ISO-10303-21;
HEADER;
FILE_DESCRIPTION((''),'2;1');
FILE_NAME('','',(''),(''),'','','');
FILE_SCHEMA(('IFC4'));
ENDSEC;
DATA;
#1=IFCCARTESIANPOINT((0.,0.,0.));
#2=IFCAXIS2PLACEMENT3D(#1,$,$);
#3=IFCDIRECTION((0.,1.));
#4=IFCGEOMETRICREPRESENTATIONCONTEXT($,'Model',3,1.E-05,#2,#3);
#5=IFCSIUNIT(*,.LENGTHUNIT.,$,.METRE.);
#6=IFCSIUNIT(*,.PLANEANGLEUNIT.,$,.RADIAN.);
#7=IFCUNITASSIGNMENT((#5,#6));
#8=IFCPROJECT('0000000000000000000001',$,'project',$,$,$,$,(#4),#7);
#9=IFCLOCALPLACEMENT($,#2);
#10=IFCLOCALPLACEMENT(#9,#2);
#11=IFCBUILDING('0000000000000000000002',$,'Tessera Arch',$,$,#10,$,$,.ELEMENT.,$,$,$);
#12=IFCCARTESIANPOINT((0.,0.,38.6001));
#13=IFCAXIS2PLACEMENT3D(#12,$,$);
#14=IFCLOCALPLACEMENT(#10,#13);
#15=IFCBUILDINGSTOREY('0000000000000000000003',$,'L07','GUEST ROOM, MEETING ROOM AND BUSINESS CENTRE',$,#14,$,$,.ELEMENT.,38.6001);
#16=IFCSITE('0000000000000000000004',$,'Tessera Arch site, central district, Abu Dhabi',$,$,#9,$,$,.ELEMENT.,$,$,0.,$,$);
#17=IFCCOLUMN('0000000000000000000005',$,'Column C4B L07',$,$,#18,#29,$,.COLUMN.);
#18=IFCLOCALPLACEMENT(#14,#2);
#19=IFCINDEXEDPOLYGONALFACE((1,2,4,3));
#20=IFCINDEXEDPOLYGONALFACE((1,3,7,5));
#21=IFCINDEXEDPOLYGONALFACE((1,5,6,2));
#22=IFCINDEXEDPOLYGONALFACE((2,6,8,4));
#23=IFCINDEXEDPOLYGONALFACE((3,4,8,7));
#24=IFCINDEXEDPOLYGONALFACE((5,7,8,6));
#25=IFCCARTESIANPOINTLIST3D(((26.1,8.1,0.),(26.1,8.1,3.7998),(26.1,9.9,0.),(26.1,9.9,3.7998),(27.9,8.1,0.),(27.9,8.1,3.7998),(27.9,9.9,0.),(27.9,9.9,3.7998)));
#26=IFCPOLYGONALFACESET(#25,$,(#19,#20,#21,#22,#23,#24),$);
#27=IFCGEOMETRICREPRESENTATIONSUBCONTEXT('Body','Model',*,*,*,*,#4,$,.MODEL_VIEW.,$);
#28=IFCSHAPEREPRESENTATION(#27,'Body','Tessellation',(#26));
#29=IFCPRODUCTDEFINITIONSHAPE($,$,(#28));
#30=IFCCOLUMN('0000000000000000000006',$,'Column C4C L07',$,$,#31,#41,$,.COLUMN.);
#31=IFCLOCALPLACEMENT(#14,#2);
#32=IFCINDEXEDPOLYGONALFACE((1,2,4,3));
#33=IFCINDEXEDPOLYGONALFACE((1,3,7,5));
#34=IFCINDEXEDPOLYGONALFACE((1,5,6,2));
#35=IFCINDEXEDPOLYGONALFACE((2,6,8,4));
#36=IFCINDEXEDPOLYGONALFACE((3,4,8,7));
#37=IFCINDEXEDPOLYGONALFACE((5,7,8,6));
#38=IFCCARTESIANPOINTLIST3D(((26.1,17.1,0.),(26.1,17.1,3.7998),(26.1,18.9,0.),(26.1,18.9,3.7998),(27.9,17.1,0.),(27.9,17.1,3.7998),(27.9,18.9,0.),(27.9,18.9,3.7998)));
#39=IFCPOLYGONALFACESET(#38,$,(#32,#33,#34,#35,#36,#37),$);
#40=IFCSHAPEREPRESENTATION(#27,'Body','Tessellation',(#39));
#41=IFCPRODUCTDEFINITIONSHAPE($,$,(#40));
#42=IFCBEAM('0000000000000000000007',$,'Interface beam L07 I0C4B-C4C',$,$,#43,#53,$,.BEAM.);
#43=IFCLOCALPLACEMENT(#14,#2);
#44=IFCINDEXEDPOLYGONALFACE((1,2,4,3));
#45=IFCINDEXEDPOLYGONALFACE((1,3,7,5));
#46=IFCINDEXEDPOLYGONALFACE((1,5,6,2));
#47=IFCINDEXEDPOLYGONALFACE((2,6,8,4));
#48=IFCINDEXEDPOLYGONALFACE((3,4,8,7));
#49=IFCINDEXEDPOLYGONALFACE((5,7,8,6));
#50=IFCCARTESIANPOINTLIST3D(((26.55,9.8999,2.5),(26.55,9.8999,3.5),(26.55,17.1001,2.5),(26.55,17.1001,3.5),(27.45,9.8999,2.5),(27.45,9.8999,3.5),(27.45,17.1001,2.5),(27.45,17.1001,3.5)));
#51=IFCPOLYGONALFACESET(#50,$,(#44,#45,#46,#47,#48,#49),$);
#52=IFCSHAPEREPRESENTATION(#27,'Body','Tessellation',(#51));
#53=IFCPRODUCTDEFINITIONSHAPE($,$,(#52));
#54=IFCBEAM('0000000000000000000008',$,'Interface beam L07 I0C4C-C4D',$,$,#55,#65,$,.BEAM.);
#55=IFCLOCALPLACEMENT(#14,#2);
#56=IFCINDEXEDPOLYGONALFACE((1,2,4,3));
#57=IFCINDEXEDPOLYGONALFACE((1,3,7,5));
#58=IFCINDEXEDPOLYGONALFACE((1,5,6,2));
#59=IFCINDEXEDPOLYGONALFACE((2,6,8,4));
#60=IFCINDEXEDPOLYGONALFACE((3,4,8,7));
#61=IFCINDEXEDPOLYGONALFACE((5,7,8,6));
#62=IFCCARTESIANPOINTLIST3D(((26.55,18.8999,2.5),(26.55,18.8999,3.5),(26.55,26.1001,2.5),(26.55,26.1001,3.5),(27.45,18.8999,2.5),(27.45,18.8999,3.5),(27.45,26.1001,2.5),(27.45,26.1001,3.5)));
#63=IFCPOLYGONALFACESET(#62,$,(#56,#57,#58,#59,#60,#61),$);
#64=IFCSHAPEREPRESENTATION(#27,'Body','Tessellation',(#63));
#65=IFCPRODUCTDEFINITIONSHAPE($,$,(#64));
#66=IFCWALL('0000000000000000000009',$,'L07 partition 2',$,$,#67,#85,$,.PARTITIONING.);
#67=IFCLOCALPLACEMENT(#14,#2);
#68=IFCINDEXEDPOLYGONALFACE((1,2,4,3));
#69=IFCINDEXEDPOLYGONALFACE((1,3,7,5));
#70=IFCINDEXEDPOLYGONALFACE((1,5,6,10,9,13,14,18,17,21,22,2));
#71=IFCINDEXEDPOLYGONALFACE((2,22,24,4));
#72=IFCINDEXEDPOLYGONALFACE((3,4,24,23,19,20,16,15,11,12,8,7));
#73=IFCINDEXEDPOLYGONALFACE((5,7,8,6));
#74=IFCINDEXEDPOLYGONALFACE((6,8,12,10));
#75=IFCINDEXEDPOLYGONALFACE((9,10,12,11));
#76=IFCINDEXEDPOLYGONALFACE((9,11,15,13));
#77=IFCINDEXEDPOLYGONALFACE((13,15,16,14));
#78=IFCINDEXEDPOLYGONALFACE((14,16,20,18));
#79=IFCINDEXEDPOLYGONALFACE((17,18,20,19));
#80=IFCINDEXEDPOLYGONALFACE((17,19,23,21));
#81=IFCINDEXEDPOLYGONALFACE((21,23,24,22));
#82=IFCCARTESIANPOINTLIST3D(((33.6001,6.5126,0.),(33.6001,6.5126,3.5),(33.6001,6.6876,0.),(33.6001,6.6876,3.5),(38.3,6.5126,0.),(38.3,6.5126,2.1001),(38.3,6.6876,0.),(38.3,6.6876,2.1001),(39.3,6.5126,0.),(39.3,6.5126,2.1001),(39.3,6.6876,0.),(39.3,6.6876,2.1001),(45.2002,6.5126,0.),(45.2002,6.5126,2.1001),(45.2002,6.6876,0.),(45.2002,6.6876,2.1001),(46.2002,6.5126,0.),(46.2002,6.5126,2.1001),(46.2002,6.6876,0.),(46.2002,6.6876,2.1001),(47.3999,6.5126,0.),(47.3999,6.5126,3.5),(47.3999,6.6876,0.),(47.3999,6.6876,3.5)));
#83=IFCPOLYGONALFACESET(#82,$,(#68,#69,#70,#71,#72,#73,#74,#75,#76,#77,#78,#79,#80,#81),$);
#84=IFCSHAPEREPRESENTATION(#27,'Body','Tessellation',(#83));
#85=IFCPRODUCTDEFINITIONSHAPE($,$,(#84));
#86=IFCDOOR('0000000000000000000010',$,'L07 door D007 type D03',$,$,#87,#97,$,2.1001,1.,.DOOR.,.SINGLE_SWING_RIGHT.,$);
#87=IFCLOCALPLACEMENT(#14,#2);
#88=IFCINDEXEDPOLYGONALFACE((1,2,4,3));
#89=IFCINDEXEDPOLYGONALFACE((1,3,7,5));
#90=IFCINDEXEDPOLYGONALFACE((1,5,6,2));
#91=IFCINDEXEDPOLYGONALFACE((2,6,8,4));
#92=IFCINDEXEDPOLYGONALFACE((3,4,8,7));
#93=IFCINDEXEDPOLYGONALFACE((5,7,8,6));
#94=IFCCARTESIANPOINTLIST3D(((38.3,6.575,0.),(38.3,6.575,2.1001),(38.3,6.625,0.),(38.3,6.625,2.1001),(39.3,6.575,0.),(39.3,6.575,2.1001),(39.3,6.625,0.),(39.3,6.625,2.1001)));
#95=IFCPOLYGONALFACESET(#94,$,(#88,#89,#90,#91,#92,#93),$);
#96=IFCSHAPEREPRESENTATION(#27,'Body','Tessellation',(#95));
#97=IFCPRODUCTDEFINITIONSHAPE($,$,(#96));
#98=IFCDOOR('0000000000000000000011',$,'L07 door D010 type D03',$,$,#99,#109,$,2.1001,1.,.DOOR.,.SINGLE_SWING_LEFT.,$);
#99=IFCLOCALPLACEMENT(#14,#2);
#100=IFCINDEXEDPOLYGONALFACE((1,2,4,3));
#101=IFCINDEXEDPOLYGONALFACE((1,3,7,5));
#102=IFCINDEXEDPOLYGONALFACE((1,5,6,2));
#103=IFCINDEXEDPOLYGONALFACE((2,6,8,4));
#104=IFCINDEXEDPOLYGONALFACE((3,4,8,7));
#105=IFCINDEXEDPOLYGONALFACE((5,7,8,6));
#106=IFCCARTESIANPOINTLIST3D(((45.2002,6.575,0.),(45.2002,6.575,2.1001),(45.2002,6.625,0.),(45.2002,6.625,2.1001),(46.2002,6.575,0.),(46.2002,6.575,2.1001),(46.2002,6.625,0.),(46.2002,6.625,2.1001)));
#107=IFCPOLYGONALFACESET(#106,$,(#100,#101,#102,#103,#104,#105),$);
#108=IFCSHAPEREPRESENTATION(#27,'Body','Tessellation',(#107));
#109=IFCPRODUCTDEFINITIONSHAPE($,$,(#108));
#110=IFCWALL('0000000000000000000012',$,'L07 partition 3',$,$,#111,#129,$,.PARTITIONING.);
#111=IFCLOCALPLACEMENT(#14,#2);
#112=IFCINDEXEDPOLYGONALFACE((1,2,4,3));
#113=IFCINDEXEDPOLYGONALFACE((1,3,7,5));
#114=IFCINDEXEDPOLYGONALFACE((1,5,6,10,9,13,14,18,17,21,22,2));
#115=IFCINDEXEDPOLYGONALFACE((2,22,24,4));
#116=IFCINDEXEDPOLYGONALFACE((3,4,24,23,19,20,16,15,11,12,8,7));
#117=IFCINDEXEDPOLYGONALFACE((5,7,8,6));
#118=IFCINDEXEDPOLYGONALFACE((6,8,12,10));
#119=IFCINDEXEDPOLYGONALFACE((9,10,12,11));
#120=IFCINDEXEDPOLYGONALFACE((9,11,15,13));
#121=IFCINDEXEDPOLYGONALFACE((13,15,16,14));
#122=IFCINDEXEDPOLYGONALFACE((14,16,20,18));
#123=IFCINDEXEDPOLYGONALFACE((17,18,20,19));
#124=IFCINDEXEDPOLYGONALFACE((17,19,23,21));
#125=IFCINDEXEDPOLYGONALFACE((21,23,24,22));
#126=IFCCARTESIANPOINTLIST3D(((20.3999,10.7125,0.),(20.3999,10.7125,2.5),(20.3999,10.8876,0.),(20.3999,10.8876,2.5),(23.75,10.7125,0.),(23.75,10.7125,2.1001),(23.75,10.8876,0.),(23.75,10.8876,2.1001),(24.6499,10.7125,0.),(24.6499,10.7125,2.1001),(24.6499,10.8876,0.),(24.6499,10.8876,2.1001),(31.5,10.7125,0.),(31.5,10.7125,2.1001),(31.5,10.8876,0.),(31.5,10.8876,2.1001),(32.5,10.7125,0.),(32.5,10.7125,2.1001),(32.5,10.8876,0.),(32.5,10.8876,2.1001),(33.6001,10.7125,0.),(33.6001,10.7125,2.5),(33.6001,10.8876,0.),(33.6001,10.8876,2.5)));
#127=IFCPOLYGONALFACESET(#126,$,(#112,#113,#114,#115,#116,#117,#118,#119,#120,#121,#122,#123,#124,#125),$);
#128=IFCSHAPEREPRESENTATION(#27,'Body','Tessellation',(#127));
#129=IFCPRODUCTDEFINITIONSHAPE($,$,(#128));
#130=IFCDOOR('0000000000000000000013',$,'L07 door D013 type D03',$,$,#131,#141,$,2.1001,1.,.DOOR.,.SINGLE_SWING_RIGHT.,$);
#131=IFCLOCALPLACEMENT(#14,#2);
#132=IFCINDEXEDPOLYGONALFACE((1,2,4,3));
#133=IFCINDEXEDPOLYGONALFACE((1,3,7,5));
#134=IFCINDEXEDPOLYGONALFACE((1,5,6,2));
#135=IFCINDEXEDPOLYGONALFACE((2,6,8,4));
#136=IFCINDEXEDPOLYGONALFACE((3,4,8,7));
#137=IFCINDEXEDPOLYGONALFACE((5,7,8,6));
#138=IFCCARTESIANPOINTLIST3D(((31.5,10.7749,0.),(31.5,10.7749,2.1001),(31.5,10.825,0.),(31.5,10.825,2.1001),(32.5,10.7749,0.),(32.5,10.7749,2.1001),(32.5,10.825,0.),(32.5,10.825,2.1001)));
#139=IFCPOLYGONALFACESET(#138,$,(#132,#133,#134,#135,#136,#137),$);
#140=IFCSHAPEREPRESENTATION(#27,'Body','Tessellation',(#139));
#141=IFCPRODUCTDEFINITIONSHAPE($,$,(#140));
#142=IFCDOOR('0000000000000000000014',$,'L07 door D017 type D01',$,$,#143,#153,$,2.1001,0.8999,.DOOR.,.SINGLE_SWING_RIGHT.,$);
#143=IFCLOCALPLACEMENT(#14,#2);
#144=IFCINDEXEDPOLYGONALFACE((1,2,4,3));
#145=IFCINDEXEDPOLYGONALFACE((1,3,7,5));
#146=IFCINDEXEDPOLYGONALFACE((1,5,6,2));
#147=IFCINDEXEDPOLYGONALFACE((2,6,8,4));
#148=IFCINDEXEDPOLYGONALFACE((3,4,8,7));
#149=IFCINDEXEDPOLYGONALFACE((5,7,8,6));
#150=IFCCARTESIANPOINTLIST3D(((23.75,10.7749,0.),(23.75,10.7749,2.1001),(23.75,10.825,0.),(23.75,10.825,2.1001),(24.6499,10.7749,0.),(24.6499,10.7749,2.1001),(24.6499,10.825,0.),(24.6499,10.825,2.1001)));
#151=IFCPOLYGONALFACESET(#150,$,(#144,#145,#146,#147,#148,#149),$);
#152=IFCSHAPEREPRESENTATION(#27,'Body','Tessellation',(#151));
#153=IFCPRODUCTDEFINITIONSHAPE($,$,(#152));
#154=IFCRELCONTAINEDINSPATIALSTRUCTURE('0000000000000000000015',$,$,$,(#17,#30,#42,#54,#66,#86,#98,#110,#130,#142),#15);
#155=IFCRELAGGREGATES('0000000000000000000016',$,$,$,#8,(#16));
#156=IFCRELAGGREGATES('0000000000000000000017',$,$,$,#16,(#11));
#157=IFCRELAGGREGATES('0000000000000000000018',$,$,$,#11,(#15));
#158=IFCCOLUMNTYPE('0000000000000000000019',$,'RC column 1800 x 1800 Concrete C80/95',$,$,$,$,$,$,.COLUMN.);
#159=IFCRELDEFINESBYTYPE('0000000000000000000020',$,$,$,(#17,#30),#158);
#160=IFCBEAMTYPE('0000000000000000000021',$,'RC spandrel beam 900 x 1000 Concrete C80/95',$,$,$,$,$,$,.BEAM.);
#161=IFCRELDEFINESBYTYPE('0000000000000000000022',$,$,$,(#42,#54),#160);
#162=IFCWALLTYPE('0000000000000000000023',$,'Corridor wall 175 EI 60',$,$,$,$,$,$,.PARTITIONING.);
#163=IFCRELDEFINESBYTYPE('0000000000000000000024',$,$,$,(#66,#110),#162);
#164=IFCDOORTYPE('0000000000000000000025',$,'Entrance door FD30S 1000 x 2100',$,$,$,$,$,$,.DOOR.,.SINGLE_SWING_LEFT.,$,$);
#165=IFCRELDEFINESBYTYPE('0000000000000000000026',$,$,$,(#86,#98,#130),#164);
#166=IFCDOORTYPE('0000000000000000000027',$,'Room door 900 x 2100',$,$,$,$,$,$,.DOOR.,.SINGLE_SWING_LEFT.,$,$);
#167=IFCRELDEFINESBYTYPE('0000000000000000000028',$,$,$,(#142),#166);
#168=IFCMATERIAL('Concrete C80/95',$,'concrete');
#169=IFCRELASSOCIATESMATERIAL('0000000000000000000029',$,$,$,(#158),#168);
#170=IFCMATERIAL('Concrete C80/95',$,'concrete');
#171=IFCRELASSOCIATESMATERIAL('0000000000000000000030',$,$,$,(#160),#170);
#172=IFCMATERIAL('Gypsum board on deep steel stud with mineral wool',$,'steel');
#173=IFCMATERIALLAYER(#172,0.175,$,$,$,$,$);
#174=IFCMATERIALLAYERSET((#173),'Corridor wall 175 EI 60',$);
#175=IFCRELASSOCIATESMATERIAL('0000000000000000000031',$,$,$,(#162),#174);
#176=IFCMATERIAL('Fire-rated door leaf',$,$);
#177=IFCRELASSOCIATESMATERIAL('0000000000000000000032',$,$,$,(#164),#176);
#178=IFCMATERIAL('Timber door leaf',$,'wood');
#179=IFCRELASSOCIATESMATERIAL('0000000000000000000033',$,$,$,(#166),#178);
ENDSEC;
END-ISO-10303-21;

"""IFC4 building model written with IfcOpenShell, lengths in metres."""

from ifc_helpers import new_model, si_unit, direction, frame, frame_2d, origin, origin_2d, place, context, subcontext, project, spatial, rectangle, extrude, material, layer, layer_set, material_profile, profile_set, type_object, element, fill, save


model = new_model("IFC4")

# Units and contexts
model_context = context("Model", 3, precision=1e-05, world=origin(), true_north=direction((0.0, 1.0)))
body_context = subcontext(model_context, "Body", "Model", "MODEL_VIEW")
ifc_project = project(units=[si_unit("LENGTHUNIT", "METRE"), si_unit("PLANEANGLEUNIT", "RADIAN")], contexts=[model_context])

# Site, building, storey
site_placement = place(None, origin())
site = spatial("IfcSite", under=ifc_project, at=site_placement, Name="Tessera Arch site, central district, Abu Dhabi", CompositionType="ELEMENT", RefElevation=0.0)
building_placement = place(site_placement, origin())
building = spatial("IfcBuilding", under=site, at=building_placement, Name="Tessera Arch", CompositionType="ELEMENT")
storey_placement = place(building_placement, frame((0.0, 0.0, 38.6001)))
storey = spatial("IfcBuildingStorey", under=building, at=storey_placement, Name="L07", Description="GUEST ROOM, MEETING ROOM AND BUSINESS CENTRE", CompositionType="ELEMENT", Elevation=38.6001)

# Columns
ifc_material_1 = material(Name="Concrete C80/95", Category="concrete")
ifc_material_profile_1 = material_profile(ifc_material_1, rectangle(XDim=1.8, YDim=1.8, at=origin_2d()), Name="RC column 1800 x 1800 Concrete C80/95")
ifc_profile_set_1 = profile_set([ifc_material_profile_1], Name="Concrete C80/95")
column_type = type_object("IfcColumnType", Name="RC column 1800 x 1800 Concrete C80/95", PredefinedType="COLUMN", material=ifc_profile_set_1)
for number, where, z_axis, x_axis, name in (
    (1, (27.0, 9.0, 0.0), (0.0, 0.0, 1.0), (1.0, 0.0, 0.0), "Column C4B L07"),
    (2, (27.0, 18.0, 0.0), (0.0, 0.0, 1.0), (1.0, 0.0, 0.0), "Column C4C L07"),
):
    element("IfcColumn", number, at=place(storey_placement, frame(where, z_axis=z_axis, x_axis=x_axis)), inside=storey, type_object=column_type, Name=name, PredefinedType="COLUMN", context=body_context, shape_type="SweptSolid", body=[
        extrude(rectangle(XDim=1.8, YDim=1.8, at=origin_2d()), origin(), (0.0, 0.0, 1.0), 3.7998),
    ])

# Beams
ifc_material_2 = material(Name="Concrete C80/95", Category="concrete")
ifc_material_profile_2 = material_profile(ifc_material_2, rectangle(XDim=0.8999, YDim=1.0, at=origin_2d()), Name="RC spandrel beam 900 x 1000 Concrete C80/95")
ifc_profile_set_2 = profile_set([ifc_material_profile_2], Name="Concrete C80/95")
beam_type = type_object("IfcBeamType", Name="RC spandrel beam 900 x 1000 Concrete C80/95", PredefinedType="BEAM", material=ifc_profile_set_2)
for number, where, z_axis, x_axis, name in (
    (3, (27.0, 9.8999, 3.0), (0.0, 1.0, 0.0), (-1.0, 0.0, 0.0), "Interface beam L07 I0C4B-C4C"),
    (4, (27.0, 18.8999, 3.0), (0.0, 1.0, 0.0), (-1.0, 0.0, 0.0), "Interface beam L07 I0C4C-C4D"),
):
    element("IfcBeam", number, at=place(storey_placement, frame(where, z_axis=z_axis, x_axis=x_axis)), inside=storey, type_object=beam_type, Name=name, PredefinedType="BEAM", context=body_context, shape_type="SweptSolid", body=[
        extrude(rectangle(XDim=0.8999, YDim=1.0, at=origin_2d()), origin(), (0.0, 0.0, 1.0), 7.2002),
    ])

# Walls, openings, doors
ifc_material_3 = material(Name="Gypsum board on deep steel stud with mineral wool", Category="steel")
ifc_layer_1 = layer(ifc_material_3, 0.175)
ifc_layer_set_1 = layer_set([ifc_layer_1], Name="Corridor wall 175 EI 60")
wall_type_1 = type_object("IfcWallType", Name="Corridor wall 175 EI 60", PredefinedType="PARTITIONING", material=ifc_layer_set_1)
wall_1_placement = place(storey_placement, frame((33.6001, 6.6001, 0.0), z_axis=(0.0, 0.0, 1.0), x_axis=(1.0, 0.0, 0.0)))
wall_1 = element("IfcWall", 5, at=wall_1_placement, inside=storey, type_object=wall_type_1, Name="L07 partition 2", PredefinedType="PARTITIONING", context=body_context, shape_type="SweptSolid", body=[
    extrude(rectangle(XDim=13.7998, YDim=0.175, at=frame_2d((6.8999, 0.0))), origin(), (0.0, 0.0, 1.0), 3.5),
])
opening_1_placement = place(wall_1_placement, frame((4.7, 0.0, 0.0)))
opening_1 = element("IfcOpeningElement", 6, at=opening_1_placement, cuts=wall_1, PredefinedType="OPENING", context=body_context, shape_type="SweptSolid", body=[
    extrude(rectangle(XDim=1.0, YDim=2.1001, at=frame_2d((0.5, 1.05))), frame((0.0, 0.0974, 0.0), z_axis=(0.0, -1.0, 0.0), x_axis=(1.0, 0.0, 0.0)), (0.0, 0.0, 1.0), 0.1951),
])
opening_2_placement = place(wall_1_placement, frame((11.6001, 0.0, 0.0)))
opening_2 = element("IfcOpeningElement", 7, at=opening_2_placement, cuts=wall_1, PredefinedType="OPENING", context=body_context, shape_type="SweptSolid", body=[
    extrude(rectangle(XDim=1.0, YDim=2.1001, at=frame_2d((0.5, 1.05))), frame((0.0, 0.0974, 0.0), z_axis=(0.0, -1.0, 0.0), x_axis=(1.0, 0.0, 0.0)), (0.0, 0.0, 1.0), 0.1951),
])
ifc_material_4 = material(Name="Fire-rated door leaf")
door_type_1 = type_object("IfcDoorType", Name="Entrance door FD30S 1000 x 2100", OperationType="SINGLE_SWING_LEFT", PredefinedType="DOOR", material=ifc_material_4)
door_1_placement = place(opening_1_placement, origin())
door_1 = element("IfcDoor", 8, at=door_1_placement, inside=storey, type_object=door_type_1, Name="L07 door D007 type D03", OperationType="SINGLE_SWING_RIGHT", OverallHeight=2.1001, OverallWidth=1.0, PredefinedType="DOOR", context=body_context, shape_type="SweptSolid", body=[
    extrude(rectangle(XDim=1.0, YDim=2.1001, at=frame_2d((0.5, 1.05))), frame((0.0, 0.0249, 0.0), z_axis=(0.0, -1.0, 0.0), x_axis=(1.0, 0.0, 0.0)), (0.0, 0.0, 1.0), 0.05),
])
fill(opening_1, door_1)
door_2_placement = place(opening_2_placement, origin())
door_2 = element("IfcDoor", 9, at=door_2_placement, inside=storey, type_object=door_type_1, Name="L07 door D010 type D03", OperationType="SINGLE_SWING_LEFT", OverallHeight=2.1001, OverallWidth=1.0, PredefinedType="DOOR", context=body_context, shape_type="SweptSolid", body=[
    extrude(rectangle(XDim=1.0, YDim=2.1001, at=frame_2d((0.5, 1.05))), frame((0.0, 0.0249, 0.0), z_axis=(0.0, -1.0, 0.0), x_axis=(1.0, 0.0, 0.0)), (0.0, 0.0, 1.0), 0.05),
])
fill(opening_2, door_2)
wall_2_placement = place(storey_placement, frame((20.3999, 10.8, 0.0), z_axis=(0.0, 0.0, 1.0), x_axis=(1.0, 0.0, 0.0)))
wall_2 = element("IfcWall", 10, at=wall_2_placement, inside=storey, type_object=wall_type_1, Name="L07 partition 3", PredefinedType="PARTITIONING", context=body_context, shape_type="SweptSolid", body=[
    extrude(rectangle(XDim=13.2002, YDim=0.175, at=frame_2d((6.6001, 0.0))), origin(), (0.0, 0.0, 1.0), 2.5),
])
opening_3_placement = place(wall_2_placement, frame((11.1001, 0.0, 0.0)))
opening_3 = element("IfcOpeningElement", 11, at=opening_3_placement, cuts=wall_2, PredefinedType="OPENING", context=body_context, shape_type="SweptSolid", body=[
    extrude(rectangle(XDim=1.0, YDim=2.1001, at=frame_2d((0.5, 1.05))), frame((0.0, 0.0974, 0.0), z_axis=(0.0, -1.0, 0.0), x_axis=(1.0, 0.0, 0.0)), (0.0, 0.0, 1.0), 0.1951),
])
opening_4_placement = place(wall_2_placement, frame((3.3501, 0.0, 0.0)))
opening_4 = element("IfcOpeningElement", 12, at=opening_4_placement, cuts=wall_2, PredefinedType="OPENING", context=body_context, shape_type="SweptSolid", body=[
    extrude(rectangle(XDim=0.8999, YDim=2.1001, at=frame_2d((0.45, 1.05))), frame((0.0, 0.0974, 0.0), z_axis=(0.0, -1.0, 0.0), x_axis=(1.0, 0.0, 0.0)), (0.0, 0.0, 1.0), 0.1951),
])
door_3_placement = place(opening_3_placement, origin())
door_3 = element("IfcDoor", 13, at=door_3_placement, inside=storey, type_object=door_type_1, Name="L07 door D013 type D03", OperationType="SINGLE_SWING_RIGHT", OverallHeight=2.1001, OverallWidth=1.0, PredefinedType="DOOR", context=body_context, shape_type="SweptSolid", body=[
    extrude(rectangle(XDim=1.0, YDim=2.1001, at=frame_2d((0.5, 1.05))), frame((0.0, 0.0249, 0.0), z_axis=(0.0, -1.0, 0.0), x_axis=(1.0, 0.0, 0.0)), (0.0, 0.0, 1.0), 0.05),
])
fill(opening_3, door_3)
ifc_material_5 = material(Name="Timber door leaf", Category="wood")
door_type_2 = type_object("IfcDoorType", Name="Room door 900 x 2100", OperationType="SINGLE_SWING_LEFT", PredefinedType="DOOR", material=ifc_material_5)
door_4_placement = place(opening_4_placement, origin())
door_4 = element("IfcDoor", 14, at=door_4_placement, inside=storey, type_object=door_type_2, Name="L07 door D017 type D01", OperationType="SINGLE_SWING_RIGHT", OverallHeight=2.1001, OverallWidth=0.8999, PredefinedType="DOOR", context=body_context, shape_type="SweptSolid", body=[
    extrude(rectangle(XDim=0.8999, YDim=2.1001, at=frame_2d((0.45, 1.05))), frame((0.0, 0.0249, 0.0), z_axis=(0.0, -1.0, 0.0), x_axis=(1.0, 0.0, 0.0)), (0.0, 0.0, 1.0), 0.05),
])
fill(opening_4, door_4)

save(model, "model.ifc")
